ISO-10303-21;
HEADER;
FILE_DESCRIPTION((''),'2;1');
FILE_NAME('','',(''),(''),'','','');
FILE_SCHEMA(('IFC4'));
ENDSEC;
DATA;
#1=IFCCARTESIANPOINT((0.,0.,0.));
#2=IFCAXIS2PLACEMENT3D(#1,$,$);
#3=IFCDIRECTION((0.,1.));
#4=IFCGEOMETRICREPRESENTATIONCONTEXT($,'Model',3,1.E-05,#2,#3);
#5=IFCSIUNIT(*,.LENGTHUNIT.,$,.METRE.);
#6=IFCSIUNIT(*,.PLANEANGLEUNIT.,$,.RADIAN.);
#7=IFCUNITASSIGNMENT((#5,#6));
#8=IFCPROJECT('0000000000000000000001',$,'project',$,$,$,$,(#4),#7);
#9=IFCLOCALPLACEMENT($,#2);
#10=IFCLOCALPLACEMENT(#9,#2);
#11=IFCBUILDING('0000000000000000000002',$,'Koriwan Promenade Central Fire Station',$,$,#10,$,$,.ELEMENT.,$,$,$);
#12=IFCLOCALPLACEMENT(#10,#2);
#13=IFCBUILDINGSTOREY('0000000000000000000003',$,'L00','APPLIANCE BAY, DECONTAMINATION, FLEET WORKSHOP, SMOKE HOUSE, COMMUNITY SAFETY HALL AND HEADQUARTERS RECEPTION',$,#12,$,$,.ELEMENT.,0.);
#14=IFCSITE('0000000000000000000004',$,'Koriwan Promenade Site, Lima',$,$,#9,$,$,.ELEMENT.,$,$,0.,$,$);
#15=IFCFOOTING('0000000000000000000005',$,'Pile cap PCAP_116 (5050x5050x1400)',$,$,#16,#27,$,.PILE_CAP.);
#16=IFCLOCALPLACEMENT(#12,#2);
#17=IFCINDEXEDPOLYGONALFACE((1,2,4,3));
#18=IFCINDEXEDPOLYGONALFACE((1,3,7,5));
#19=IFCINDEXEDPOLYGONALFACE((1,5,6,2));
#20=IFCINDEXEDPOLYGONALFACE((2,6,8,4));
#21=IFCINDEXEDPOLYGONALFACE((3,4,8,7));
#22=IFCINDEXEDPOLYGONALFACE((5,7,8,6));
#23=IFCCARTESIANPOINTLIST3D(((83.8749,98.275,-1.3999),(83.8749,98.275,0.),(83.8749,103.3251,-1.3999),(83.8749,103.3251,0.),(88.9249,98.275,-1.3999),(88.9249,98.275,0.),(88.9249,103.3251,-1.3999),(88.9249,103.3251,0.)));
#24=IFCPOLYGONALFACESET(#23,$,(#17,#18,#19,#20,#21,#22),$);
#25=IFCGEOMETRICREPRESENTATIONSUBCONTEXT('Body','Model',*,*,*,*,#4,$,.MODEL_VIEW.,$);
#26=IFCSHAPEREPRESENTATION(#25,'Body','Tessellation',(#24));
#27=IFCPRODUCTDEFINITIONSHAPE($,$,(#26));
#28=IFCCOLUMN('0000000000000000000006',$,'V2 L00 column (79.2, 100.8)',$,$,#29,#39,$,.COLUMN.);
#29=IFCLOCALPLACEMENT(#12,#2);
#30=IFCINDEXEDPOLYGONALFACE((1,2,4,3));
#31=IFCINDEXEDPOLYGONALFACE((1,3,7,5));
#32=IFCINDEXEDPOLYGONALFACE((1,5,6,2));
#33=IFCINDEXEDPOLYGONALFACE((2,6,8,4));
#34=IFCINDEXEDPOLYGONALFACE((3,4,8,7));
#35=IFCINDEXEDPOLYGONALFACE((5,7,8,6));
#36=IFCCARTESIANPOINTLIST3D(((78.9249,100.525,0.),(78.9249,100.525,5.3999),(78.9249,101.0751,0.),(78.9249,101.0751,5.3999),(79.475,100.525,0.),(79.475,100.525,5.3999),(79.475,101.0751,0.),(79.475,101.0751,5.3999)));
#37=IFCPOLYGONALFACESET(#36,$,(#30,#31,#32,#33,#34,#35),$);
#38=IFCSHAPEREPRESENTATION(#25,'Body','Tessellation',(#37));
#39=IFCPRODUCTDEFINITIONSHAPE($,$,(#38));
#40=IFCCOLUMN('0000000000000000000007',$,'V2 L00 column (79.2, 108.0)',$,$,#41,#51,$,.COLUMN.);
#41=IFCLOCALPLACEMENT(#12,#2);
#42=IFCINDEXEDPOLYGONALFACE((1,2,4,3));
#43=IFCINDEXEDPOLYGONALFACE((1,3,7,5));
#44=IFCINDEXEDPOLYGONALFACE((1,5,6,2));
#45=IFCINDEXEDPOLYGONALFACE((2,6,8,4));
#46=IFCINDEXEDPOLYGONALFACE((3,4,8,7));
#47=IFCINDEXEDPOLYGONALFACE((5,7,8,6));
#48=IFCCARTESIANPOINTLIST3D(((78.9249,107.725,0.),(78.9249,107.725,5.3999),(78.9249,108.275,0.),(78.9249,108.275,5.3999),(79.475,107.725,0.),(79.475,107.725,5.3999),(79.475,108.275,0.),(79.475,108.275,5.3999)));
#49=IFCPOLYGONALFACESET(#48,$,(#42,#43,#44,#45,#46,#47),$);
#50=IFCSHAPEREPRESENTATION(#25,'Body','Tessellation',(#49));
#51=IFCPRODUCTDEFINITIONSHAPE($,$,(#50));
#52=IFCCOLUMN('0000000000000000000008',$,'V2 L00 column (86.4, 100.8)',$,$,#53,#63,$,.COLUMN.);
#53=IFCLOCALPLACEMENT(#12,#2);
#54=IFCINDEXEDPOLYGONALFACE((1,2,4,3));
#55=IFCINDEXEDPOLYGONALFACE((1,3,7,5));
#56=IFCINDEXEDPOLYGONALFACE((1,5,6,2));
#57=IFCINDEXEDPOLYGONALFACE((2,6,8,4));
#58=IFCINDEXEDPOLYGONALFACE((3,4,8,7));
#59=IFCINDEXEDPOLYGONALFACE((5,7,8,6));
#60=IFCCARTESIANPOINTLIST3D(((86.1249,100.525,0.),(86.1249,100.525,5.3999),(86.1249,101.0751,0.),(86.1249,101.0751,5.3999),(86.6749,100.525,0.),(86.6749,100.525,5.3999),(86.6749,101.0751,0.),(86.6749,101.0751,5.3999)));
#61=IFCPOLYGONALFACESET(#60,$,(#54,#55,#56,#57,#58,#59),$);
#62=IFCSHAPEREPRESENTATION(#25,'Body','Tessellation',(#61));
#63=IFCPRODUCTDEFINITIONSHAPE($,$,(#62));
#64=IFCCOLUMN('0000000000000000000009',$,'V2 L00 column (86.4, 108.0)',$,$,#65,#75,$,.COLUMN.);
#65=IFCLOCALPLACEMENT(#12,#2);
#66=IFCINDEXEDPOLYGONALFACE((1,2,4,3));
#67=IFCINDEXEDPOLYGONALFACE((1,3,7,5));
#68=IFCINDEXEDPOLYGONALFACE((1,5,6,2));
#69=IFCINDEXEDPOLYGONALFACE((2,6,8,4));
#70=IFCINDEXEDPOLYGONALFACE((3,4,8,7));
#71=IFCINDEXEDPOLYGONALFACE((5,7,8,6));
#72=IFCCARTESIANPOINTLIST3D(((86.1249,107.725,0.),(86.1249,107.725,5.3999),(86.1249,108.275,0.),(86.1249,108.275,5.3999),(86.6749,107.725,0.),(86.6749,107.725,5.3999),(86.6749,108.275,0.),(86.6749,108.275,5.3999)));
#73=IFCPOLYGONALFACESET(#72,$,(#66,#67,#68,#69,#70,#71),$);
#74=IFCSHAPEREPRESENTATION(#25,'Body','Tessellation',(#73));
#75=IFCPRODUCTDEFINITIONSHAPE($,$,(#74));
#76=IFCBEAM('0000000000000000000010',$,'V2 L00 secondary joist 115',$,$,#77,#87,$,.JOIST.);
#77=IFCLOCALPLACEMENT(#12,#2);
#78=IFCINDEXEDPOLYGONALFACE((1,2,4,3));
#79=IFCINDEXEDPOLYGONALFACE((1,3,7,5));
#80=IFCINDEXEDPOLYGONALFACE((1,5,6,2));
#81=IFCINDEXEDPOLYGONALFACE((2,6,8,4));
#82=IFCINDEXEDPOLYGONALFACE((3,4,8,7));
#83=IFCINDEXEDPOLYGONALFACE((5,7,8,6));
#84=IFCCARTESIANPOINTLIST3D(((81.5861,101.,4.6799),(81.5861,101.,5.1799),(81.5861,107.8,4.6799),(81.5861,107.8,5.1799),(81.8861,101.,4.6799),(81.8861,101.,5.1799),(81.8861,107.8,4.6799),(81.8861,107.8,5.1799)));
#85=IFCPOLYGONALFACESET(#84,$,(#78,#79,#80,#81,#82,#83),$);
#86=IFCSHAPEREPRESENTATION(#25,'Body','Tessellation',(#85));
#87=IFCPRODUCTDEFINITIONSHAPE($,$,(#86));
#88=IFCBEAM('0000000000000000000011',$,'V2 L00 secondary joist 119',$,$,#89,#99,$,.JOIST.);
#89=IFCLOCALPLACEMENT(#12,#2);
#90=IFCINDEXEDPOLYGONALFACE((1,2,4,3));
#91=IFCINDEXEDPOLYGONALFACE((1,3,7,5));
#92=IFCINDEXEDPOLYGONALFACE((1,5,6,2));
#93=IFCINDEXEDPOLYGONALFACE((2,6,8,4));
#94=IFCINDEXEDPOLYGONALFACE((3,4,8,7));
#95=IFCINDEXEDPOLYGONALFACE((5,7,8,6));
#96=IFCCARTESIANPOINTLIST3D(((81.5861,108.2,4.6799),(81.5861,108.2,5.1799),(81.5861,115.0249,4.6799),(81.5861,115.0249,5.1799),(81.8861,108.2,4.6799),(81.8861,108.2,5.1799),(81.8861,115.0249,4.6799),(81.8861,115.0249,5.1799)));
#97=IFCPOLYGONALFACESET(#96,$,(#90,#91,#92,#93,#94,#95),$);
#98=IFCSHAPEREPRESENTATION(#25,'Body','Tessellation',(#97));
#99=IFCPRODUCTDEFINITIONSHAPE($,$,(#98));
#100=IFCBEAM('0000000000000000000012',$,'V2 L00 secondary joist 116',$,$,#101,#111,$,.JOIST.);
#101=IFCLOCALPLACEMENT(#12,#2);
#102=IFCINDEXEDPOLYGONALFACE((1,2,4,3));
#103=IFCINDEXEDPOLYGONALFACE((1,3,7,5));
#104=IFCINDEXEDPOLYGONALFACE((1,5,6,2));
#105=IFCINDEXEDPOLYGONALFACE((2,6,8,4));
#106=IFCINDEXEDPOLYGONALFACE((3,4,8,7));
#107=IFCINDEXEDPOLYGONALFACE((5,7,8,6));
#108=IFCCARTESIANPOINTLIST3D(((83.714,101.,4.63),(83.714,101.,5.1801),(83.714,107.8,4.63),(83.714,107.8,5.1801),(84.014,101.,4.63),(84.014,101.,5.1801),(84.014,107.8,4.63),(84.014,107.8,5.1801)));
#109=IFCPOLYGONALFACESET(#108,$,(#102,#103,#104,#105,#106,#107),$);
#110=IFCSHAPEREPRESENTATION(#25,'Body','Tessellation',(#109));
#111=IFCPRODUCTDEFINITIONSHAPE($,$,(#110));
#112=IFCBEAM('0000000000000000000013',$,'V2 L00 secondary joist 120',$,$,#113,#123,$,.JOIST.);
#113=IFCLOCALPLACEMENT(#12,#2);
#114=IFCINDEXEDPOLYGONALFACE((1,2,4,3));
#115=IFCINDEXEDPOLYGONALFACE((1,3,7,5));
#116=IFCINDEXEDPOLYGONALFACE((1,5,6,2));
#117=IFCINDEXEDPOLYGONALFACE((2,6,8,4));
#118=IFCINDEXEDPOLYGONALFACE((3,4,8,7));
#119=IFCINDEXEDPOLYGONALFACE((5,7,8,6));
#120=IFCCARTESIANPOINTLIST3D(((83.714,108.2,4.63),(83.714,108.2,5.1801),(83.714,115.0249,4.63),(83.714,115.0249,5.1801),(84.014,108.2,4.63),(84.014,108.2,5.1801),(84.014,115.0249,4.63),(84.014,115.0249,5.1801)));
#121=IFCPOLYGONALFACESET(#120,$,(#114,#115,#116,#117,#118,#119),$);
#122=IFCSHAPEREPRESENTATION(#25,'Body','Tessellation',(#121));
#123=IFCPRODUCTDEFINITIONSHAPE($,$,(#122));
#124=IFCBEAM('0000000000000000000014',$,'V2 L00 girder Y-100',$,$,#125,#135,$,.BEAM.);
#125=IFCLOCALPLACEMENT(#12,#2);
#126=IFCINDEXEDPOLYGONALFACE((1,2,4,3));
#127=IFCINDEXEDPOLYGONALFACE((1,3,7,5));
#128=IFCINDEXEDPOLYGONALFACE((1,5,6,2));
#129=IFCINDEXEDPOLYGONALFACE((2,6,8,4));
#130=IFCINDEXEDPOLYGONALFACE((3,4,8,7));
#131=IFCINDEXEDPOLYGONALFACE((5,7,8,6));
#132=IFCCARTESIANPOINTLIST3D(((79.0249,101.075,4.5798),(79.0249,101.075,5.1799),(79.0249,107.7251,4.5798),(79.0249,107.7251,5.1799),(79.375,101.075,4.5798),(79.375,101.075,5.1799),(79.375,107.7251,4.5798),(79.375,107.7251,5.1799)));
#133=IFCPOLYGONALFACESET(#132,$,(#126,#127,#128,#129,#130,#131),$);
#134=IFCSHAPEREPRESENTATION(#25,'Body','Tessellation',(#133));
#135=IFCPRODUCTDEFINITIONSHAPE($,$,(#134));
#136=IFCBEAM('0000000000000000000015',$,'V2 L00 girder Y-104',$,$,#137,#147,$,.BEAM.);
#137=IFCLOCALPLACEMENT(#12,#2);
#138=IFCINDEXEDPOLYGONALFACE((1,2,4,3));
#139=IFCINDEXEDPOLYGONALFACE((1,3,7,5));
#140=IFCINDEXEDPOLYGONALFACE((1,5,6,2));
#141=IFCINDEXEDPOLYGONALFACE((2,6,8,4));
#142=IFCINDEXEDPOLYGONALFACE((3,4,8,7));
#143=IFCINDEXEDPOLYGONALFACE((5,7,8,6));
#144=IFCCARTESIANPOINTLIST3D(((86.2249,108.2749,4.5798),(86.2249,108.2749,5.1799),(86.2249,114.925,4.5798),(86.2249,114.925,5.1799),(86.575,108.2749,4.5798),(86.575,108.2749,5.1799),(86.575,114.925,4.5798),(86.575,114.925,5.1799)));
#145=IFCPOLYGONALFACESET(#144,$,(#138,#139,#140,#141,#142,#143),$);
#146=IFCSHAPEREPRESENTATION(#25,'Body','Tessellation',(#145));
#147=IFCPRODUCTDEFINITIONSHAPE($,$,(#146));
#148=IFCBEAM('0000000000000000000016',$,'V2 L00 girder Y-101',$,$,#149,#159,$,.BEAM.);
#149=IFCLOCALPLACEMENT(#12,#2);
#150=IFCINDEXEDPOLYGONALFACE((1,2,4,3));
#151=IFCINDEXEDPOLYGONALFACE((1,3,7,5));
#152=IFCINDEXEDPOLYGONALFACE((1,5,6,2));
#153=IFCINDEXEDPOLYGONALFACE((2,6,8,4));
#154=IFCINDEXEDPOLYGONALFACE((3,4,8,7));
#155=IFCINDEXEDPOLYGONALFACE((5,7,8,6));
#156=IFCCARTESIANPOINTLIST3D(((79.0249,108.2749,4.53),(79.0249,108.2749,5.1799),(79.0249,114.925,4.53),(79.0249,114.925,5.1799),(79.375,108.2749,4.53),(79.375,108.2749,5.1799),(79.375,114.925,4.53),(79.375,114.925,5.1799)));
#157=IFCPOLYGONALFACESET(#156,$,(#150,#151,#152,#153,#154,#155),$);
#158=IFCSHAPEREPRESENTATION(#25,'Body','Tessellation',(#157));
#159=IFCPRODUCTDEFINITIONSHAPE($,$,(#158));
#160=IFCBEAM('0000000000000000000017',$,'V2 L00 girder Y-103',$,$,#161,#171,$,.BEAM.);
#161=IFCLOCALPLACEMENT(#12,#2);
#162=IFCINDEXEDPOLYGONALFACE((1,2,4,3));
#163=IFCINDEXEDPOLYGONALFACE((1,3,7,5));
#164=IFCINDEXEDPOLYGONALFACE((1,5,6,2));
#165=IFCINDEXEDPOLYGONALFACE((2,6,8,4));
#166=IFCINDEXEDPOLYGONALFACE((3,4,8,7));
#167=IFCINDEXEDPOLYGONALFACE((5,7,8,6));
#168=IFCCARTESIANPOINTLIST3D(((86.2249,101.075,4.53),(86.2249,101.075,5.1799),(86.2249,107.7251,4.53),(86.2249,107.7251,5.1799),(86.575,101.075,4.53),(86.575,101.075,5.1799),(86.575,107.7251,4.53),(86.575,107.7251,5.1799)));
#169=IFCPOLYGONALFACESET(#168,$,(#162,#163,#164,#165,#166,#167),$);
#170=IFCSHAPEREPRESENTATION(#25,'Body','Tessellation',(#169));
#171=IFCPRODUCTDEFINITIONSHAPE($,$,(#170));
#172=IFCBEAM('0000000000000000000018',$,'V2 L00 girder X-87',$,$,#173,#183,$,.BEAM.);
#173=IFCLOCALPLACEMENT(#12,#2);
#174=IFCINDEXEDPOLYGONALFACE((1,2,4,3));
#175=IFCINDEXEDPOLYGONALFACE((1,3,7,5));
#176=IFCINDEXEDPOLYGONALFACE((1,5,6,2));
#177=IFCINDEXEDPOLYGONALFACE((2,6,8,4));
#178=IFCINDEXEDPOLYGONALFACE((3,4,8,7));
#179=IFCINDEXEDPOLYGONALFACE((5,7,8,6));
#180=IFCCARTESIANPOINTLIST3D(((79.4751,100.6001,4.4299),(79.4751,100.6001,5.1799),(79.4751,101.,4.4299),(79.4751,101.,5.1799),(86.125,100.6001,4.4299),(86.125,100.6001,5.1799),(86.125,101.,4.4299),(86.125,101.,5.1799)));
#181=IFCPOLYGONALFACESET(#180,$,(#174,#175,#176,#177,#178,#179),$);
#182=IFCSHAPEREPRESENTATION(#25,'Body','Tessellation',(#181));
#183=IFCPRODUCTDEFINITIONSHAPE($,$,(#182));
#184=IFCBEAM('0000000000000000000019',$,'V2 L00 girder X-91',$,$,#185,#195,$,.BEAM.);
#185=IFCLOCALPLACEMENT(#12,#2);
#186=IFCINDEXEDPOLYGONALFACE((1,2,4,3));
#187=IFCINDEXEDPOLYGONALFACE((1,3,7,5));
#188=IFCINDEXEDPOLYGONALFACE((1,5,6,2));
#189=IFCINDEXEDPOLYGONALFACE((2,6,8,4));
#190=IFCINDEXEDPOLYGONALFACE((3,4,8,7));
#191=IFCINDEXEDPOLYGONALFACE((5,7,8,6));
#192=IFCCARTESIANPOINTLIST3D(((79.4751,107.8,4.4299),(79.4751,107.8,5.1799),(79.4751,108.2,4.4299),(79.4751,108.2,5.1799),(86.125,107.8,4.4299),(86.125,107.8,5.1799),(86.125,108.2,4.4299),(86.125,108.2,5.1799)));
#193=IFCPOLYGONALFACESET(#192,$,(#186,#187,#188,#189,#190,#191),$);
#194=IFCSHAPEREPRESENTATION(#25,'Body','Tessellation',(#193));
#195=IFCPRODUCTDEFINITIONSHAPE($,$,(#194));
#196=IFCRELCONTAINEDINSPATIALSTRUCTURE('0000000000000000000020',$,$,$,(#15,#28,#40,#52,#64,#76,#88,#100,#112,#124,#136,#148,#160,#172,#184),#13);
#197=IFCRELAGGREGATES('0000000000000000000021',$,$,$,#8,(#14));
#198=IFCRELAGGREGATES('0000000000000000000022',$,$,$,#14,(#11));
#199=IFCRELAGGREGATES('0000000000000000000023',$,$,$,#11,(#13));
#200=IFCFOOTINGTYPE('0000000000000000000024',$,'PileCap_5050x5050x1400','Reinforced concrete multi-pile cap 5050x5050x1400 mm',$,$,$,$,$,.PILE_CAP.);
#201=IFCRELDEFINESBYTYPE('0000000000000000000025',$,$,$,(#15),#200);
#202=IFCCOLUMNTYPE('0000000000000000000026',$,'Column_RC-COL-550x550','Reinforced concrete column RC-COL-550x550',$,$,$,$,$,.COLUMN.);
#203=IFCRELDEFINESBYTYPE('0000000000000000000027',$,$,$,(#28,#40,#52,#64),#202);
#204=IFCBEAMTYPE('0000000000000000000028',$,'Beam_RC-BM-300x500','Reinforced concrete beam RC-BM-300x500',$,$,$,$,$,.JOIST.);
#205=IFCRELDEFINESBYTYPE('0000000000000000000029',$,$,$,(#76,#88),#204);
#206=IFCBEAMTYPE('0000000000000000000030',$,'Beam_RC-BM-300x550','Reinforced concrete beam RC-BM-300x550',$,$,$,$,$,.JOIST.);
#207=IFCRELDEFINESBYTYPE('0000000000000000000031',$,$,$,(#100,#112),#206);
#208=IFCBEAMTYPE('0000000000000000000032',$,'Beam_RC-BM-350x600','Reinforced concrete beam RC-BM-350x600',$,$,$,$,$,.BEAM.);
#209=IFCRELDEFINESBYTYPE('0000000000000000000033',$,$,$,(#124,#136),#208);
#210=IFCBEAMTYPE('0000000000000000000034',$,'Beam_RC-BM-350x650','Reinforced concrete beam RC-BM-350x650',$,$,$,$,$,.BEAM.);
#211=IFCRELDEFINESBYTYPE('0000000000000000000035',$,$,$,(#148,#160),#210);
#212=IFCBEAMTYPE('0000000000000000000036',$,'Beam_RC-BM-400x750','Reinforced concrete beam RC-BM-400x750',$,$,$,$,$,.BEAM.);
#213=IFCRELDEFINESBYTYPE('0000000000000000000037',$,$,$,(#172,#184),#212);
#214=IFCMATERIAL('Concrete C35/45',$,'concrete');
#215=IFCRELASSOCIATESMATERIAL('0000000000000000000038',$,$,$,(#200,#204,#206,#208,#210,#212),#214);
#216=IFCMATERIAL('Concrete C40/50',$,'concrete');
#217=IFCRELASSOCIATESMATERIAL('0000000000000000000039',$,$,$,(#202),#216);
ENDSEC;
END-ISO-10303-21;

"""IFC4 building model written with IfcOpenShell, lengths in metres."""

from ifc_helpers import new_model, si_unit, direction, frame, origin, origin_2d, place, context, subcontext, project, spatial, rectangle, extrude, material, material_profile, profile_set, type_object, element, save


model = new_model("IFC4")

# Units and contexts
model_context = context("Model", 3, precision=1e-05, world=origin(), true_north=direction((0.0, 1.0)))
body_context = subcontext(model_context, "Body", "Model", "MODEL_VIEW")
ifc_project = project(units=[si_unit("LENGTHUNIT", "METRE"), si_unit("PLANEANGLEUNIT", "RADIAN")], contexts=[model_context])

# Site, building, storey
site_placement = place(None, origin())
site = spatial("IfcSite", under=ifc_project, at=site_placement, Name="Koriwan Promenade Site, Lima", CompositionType="ELEMENT", RefElevation=0.0)
building_placement = place(site_placement, origin())
building = spatial("IfcBuilding", under=site, at=building_placement, Name="Koriwan Promenade Central Fire Station", CompositionType="ELEMENT")
storey_placement = place(building_placement, origin())
storey = spatial("IfcBuildingStorey", under=building, at=storey_placement, Name="L00", Description="APPLIANCE BAY, DECONTAMINATION, FLEET WORKSHOP, SMOKE HOUSE, COMMUNITY SAFETY HALL AND HEADQUARTERS RECEPTION", CompositionType="ELEMENT", Elevation=0.0)

# Shared definitions
ifc_material_1 = material(Name="Concrete C35/45", Category="concrete")

# Footing
footing_type_1 = type_object("IfcFootingType", Name="PileCap_5050x5050x1400", Description="Reinforced concrete multi-pile cap 5050x5050x1400 mm", PredefinedType="PILE_CAP", material=ifc_material_1)
footing_1_placement = place(storey_placement, frame((86.3999, 100.8, -1.3999), z_axis=(0.0, 0.0, 1.0), x_axis=(1.0, 0.0, 0.0)))
element("IfcFooting", 1, at=footing_1_placement, inside=storey, type_object=footing_type_1, Name="Pile cap PCAP_116 (5050x5050x1400)", PredefinedType="PILE_CAP", context=body_context, shape_type="SweptSolid", body=[
    extrude(rectangle(XDim=5.05, YDim=5.05, at=origin_2d()), origin(), (0.0, 0.0, 1.0), 1.3999),
])

# Columns
ifc_material_2 = material(Name="Concrete C40/50", Category="concrete")
ifc_material_profile_1 = material_profile(ifc_material_2, rectangle(XDim=0.55, YDim=0.55, at=origin_2d()), Name="RC-COL-550x550")
ifc_profile_set_1 = profile_set([ifc_material_profile_1], Name="Concrete C40/50")
column_type = type_object("IfcColumnType", Name="Column_RC-COL-550x550", Description="Reinforced concrete column RC-COL-550x550", PredefinedType="COLUMN", material=ifc_profile_set_1)
for number, where, z_axis, x_axis, name in (
    (2, (79.2, 100.8, 0.0), (0.0, 0.0, 1.0), (1.0, 0.0, 0.0), "V2 L00 column (79.2, 100.8)"),
    (3, (79.2, 108.0, 0.0), (0.0, 0.0, 1.0), (1.0, 0.0, 0.0), "V2 L00 column (79.2, 108.0)"),
    (4, (86.3999, 100.8, 0.0), (0.0, 0.0, 1.0), (1.0, 0.0, 0.0), "V2 L00 column (86.4, 100.8)"),
    (5, (86.3999, 108.0, 0.0), (0.0, 0.0, 1.0), (1.0, 0.0, 0.0), "V2 L00 column (86.4, 108.0)"),
):
    element("IfcColumn", number, at=place(storey_placement, frame(where, z_axis=z_axis, x_axis=x_axis)), inside=storey, type_object=column_type, Name=name, PredefinedType="COLUMN", context=body_context, shape_type="SweptSolid", body=[
        extrude(rectangle(XDim=0.55, YDim=0.55, at=origin_2d()), origin(), (0.0, 0.0, 1.0), 5.3999),
    ])

# Beams
ifc_material_profile_2 = material_profile(ifc_material_1, rectangle(XDim=0.3, YDim=0.5, at=origin_2d()), Name="RC-BM-300x500")
ifc_profile_set_2 = profile_set([ifc_material_profile_2], Name="Concrete C35/45")
beam_type_1 = type_object("IfcBeamType", Name="Beam_RC-BM-300x500", Description="Reinforced concrete beam RC-BM-300x500", PredefinedType="JOIST", material=ifc_profile_set_2)
beam_1_placement = place(storey_placement, frame((81.7361, 101.0, 4.9299), z_axis=(0.0, 1.0, 0.0), x_axis=(-1.0, 0.0, 0.0)))
element("IfcBeam", 6, at=beam_1_placement, inside=storey, type_object=beam_type_1, Name="V2 L00 secondary joist 115", PredefinedType="JOIST", context=body_context, shape_type="SweptSolid", body=[
    extrude(rectangle(XDim=0.3, YDim=0.5, at=origin_2d()), origin(), (0.0, 0.0, 1.0), 6.8),
])
beam_2_placement = place(storey_placement, frame((81.7361, 108.2, 4.9299), z_axis=(0.0, 1.0, 0.0), x_axis=(-1.0, 0.0, 0.0)))
element("IfcBeam", 7, at=beam_2_placement, inside=storey, type_object=beam_type_1, Name="V2 L00 secondary joist 119", PredefinedType="JOIST", context=body_context, shape_type="SweptSolid", body=[
    extrude(rectangle(XDim=0.3, YDim=0.5, at=origin_2d()), origin(), (0.0, 0.0, 1.0), 6.825),
])
ifc_material_profile_3 = material_profile(ifc_material_1, rectangle(XDim=0.3, YDim=0.55, at=origin_2d()), Name="RC-BM-300x550")
ifc_profile_set_3 = profile_set([ifc_material_profile_3], Name="Concrete C35/45")
beam_type_2 = type_object("IfcBeamType", Name="Beam_RC-BM-300x550", Description="Reinforced concrete beam RC-BM-300x550", PredefinedType="JOIST", material=ifc_profile_set_3)
beam_3_placement = place(storey_placement, frame((83.864, 101.0, 4.905), z_axis=(0.0, 1.0, 0.0), x_axis=(-1.0, 0.0, 0.0)))
element("IfcBeam", 8, at=beam_3_placement, inside=storey, type_object=beam_type_2, Name="V2 L00 secondary joist 116", PredefinedType="JOIST", context=body_context, shape_type="SweptSolid", body=[
    extrude(rectangle(XDim=0.3, YDim=0.55, at=origin_2d()), origin(), (0.0, 0.0, 1.0), 6.8),
])
beam_4_placement = place(storey_placement, frame((83.864, 108.2, 4.905), z_axis=(0.0, 1.0, 0.0), x_axis=(-1.0, 0.0, 0.0)))
element("IfcBeam", 9, at=beam_4_placement, inside=storey, type_object=beam_type_2, Name="V2 L00 secondary joist 120", PredefinedType="JOIST", context=body_context, shape_type="SweptSolid", body=[
    extrude(rectangle(XDim=0.3, YDim=0.55, at=origin_2d()), origin(), (0.0, 0.0, 1.0), 6.825),
])
ifc_material_profile_4 = material_profile(ifc_material_1, rectangle(XDim=0.3501, YDim=0.6001, at=origin_2d()), Name="RC-BM-350x600")
ifc_profile_set_4 = profile_set([ifc_material_profile_4], Name="Concrete C35/45")
beam_type_3 = type_object("IfcBeamType", Name="Beam_RC-BM-350x600", Description="Reinforced concrete beam RC-BM-350x600", PredefinedType="BEAM", material=ifc_profile_set_4)
for number, where, z_axis, x_axis, name in (
    (10, (79.2, 101.075, 4.8799), (0.0, 1.0, 0.0), (-1.0, 0.0, 0.0), "V2 L00 girder Y-100"),
    (11, (86.3999, 108.2749, 4.8799), (0.0, 1.0, 0.0), (-1.0, 0.0, 0.0), "V2 L00 girder Y-104"),
):
    element("IfcBeam", number, at=place(storey_placement, frame(where, z_axis=z_axis, x_axis=x_axis)), inside=storey, type_object=beam_type_3, Name=name, PredefinedType="BEAM", context=body_context, shape_type="SweptSolid", body=[
        extrude(rectangle(XDim=0.3501, YDim=0.6001, at=origin_2d()), origin(), (0.0, 0.0, 1.0), 6.6501),
    ])
ifc_material_profile_5 = material_profile(ifc_material_1, rectangle(XDim=0.3501, YDim=0.6499, at=origin_2d()), Name="RC-BM-350x650")
ifc_profile_set_5 = profile_set([ifc_material_profile_5], Name="Concrete C35/45")
beam_type_4 = type_object("IfcBeamType", Name="Beam_RC-BM-350x650", Description="Reinforced concrete beam RC-BM-350x650", PredefinedType="BEAM", material=ifc_profile_set_5)
for number, where, z_axis, x_axis, name in (
    (12, (79.2, 108.2749, 4.855), (0.0, 1.0, 0.0), (-1.0, 0.0, 0.0), "V2 L00 girder Y-101"),
    (13, (86.3999, 101.075, 4.855), (0.0, 1.0, 0.0), (-1.0, 0.0, 0.0), "V2 L00 girder Y-103"),
):
    element("IfcBeam", number, at=place(storey_placement, frame(where, z_axis=z_axis, x_axis=x_axis)), inside=storey, type_object=beam_type_4, Name=name, PredefinedType="BEAM", context=body_context, shape_type="SweptSolid", body=[
        extrude(rectangle(XDim=0.3501, YDim=0.6499, at=origin_2d()), origin(), (0.0, 0.0, 1.0), 6.6501),
    ])
ifc_material_profile_6 = material_profile(ifc_material_1, rectangle(XDim=0.3999, YDim=0.75, at=origin_2d()), Name="RC-BM-400x750")
ifc_profile_set_6 = profile_set([ifc_material_profile_6], Name="Concrete C35/45")
beam_type_5 = type_object("IfcBeamType", Name="Beam_RC-BM-400x750", Description="Reinforced concrete beam RC-BM-400x750", PredefinedType="BEAM", material=ifc_profile_set_6)
for number, where, z_axis, x_axis, name in (
    (14, (79.4751, 100.8, 4.8049), (1.0, 0.0, 0.0), (0.0, 1.0, 0.0), "V2 L00 girder X-87"),
    (15, (79.4751, 108.0, 4.8049), (1.0, 0.0, 0.0), (0.0, 1.0, 0.0), "V2 L00 girder X-91"),
):
    element("IfcBeam", number, at=place(storey_placement, frame(where, z_axis=z_axis, x_axis=x_axis)), inside=storey, type_object=beam_type_5, Name=name, PredefinedType="BEAM", context=body_context, shape_type="SweptSolid", body=[
        extrude(rectangle(XDim=0.3999, YDim=0.75, at=origin_2d()), origin(), (0.0, 0.0, 1.0), 6.6499),
    ])

save(model, "model.ifc")
